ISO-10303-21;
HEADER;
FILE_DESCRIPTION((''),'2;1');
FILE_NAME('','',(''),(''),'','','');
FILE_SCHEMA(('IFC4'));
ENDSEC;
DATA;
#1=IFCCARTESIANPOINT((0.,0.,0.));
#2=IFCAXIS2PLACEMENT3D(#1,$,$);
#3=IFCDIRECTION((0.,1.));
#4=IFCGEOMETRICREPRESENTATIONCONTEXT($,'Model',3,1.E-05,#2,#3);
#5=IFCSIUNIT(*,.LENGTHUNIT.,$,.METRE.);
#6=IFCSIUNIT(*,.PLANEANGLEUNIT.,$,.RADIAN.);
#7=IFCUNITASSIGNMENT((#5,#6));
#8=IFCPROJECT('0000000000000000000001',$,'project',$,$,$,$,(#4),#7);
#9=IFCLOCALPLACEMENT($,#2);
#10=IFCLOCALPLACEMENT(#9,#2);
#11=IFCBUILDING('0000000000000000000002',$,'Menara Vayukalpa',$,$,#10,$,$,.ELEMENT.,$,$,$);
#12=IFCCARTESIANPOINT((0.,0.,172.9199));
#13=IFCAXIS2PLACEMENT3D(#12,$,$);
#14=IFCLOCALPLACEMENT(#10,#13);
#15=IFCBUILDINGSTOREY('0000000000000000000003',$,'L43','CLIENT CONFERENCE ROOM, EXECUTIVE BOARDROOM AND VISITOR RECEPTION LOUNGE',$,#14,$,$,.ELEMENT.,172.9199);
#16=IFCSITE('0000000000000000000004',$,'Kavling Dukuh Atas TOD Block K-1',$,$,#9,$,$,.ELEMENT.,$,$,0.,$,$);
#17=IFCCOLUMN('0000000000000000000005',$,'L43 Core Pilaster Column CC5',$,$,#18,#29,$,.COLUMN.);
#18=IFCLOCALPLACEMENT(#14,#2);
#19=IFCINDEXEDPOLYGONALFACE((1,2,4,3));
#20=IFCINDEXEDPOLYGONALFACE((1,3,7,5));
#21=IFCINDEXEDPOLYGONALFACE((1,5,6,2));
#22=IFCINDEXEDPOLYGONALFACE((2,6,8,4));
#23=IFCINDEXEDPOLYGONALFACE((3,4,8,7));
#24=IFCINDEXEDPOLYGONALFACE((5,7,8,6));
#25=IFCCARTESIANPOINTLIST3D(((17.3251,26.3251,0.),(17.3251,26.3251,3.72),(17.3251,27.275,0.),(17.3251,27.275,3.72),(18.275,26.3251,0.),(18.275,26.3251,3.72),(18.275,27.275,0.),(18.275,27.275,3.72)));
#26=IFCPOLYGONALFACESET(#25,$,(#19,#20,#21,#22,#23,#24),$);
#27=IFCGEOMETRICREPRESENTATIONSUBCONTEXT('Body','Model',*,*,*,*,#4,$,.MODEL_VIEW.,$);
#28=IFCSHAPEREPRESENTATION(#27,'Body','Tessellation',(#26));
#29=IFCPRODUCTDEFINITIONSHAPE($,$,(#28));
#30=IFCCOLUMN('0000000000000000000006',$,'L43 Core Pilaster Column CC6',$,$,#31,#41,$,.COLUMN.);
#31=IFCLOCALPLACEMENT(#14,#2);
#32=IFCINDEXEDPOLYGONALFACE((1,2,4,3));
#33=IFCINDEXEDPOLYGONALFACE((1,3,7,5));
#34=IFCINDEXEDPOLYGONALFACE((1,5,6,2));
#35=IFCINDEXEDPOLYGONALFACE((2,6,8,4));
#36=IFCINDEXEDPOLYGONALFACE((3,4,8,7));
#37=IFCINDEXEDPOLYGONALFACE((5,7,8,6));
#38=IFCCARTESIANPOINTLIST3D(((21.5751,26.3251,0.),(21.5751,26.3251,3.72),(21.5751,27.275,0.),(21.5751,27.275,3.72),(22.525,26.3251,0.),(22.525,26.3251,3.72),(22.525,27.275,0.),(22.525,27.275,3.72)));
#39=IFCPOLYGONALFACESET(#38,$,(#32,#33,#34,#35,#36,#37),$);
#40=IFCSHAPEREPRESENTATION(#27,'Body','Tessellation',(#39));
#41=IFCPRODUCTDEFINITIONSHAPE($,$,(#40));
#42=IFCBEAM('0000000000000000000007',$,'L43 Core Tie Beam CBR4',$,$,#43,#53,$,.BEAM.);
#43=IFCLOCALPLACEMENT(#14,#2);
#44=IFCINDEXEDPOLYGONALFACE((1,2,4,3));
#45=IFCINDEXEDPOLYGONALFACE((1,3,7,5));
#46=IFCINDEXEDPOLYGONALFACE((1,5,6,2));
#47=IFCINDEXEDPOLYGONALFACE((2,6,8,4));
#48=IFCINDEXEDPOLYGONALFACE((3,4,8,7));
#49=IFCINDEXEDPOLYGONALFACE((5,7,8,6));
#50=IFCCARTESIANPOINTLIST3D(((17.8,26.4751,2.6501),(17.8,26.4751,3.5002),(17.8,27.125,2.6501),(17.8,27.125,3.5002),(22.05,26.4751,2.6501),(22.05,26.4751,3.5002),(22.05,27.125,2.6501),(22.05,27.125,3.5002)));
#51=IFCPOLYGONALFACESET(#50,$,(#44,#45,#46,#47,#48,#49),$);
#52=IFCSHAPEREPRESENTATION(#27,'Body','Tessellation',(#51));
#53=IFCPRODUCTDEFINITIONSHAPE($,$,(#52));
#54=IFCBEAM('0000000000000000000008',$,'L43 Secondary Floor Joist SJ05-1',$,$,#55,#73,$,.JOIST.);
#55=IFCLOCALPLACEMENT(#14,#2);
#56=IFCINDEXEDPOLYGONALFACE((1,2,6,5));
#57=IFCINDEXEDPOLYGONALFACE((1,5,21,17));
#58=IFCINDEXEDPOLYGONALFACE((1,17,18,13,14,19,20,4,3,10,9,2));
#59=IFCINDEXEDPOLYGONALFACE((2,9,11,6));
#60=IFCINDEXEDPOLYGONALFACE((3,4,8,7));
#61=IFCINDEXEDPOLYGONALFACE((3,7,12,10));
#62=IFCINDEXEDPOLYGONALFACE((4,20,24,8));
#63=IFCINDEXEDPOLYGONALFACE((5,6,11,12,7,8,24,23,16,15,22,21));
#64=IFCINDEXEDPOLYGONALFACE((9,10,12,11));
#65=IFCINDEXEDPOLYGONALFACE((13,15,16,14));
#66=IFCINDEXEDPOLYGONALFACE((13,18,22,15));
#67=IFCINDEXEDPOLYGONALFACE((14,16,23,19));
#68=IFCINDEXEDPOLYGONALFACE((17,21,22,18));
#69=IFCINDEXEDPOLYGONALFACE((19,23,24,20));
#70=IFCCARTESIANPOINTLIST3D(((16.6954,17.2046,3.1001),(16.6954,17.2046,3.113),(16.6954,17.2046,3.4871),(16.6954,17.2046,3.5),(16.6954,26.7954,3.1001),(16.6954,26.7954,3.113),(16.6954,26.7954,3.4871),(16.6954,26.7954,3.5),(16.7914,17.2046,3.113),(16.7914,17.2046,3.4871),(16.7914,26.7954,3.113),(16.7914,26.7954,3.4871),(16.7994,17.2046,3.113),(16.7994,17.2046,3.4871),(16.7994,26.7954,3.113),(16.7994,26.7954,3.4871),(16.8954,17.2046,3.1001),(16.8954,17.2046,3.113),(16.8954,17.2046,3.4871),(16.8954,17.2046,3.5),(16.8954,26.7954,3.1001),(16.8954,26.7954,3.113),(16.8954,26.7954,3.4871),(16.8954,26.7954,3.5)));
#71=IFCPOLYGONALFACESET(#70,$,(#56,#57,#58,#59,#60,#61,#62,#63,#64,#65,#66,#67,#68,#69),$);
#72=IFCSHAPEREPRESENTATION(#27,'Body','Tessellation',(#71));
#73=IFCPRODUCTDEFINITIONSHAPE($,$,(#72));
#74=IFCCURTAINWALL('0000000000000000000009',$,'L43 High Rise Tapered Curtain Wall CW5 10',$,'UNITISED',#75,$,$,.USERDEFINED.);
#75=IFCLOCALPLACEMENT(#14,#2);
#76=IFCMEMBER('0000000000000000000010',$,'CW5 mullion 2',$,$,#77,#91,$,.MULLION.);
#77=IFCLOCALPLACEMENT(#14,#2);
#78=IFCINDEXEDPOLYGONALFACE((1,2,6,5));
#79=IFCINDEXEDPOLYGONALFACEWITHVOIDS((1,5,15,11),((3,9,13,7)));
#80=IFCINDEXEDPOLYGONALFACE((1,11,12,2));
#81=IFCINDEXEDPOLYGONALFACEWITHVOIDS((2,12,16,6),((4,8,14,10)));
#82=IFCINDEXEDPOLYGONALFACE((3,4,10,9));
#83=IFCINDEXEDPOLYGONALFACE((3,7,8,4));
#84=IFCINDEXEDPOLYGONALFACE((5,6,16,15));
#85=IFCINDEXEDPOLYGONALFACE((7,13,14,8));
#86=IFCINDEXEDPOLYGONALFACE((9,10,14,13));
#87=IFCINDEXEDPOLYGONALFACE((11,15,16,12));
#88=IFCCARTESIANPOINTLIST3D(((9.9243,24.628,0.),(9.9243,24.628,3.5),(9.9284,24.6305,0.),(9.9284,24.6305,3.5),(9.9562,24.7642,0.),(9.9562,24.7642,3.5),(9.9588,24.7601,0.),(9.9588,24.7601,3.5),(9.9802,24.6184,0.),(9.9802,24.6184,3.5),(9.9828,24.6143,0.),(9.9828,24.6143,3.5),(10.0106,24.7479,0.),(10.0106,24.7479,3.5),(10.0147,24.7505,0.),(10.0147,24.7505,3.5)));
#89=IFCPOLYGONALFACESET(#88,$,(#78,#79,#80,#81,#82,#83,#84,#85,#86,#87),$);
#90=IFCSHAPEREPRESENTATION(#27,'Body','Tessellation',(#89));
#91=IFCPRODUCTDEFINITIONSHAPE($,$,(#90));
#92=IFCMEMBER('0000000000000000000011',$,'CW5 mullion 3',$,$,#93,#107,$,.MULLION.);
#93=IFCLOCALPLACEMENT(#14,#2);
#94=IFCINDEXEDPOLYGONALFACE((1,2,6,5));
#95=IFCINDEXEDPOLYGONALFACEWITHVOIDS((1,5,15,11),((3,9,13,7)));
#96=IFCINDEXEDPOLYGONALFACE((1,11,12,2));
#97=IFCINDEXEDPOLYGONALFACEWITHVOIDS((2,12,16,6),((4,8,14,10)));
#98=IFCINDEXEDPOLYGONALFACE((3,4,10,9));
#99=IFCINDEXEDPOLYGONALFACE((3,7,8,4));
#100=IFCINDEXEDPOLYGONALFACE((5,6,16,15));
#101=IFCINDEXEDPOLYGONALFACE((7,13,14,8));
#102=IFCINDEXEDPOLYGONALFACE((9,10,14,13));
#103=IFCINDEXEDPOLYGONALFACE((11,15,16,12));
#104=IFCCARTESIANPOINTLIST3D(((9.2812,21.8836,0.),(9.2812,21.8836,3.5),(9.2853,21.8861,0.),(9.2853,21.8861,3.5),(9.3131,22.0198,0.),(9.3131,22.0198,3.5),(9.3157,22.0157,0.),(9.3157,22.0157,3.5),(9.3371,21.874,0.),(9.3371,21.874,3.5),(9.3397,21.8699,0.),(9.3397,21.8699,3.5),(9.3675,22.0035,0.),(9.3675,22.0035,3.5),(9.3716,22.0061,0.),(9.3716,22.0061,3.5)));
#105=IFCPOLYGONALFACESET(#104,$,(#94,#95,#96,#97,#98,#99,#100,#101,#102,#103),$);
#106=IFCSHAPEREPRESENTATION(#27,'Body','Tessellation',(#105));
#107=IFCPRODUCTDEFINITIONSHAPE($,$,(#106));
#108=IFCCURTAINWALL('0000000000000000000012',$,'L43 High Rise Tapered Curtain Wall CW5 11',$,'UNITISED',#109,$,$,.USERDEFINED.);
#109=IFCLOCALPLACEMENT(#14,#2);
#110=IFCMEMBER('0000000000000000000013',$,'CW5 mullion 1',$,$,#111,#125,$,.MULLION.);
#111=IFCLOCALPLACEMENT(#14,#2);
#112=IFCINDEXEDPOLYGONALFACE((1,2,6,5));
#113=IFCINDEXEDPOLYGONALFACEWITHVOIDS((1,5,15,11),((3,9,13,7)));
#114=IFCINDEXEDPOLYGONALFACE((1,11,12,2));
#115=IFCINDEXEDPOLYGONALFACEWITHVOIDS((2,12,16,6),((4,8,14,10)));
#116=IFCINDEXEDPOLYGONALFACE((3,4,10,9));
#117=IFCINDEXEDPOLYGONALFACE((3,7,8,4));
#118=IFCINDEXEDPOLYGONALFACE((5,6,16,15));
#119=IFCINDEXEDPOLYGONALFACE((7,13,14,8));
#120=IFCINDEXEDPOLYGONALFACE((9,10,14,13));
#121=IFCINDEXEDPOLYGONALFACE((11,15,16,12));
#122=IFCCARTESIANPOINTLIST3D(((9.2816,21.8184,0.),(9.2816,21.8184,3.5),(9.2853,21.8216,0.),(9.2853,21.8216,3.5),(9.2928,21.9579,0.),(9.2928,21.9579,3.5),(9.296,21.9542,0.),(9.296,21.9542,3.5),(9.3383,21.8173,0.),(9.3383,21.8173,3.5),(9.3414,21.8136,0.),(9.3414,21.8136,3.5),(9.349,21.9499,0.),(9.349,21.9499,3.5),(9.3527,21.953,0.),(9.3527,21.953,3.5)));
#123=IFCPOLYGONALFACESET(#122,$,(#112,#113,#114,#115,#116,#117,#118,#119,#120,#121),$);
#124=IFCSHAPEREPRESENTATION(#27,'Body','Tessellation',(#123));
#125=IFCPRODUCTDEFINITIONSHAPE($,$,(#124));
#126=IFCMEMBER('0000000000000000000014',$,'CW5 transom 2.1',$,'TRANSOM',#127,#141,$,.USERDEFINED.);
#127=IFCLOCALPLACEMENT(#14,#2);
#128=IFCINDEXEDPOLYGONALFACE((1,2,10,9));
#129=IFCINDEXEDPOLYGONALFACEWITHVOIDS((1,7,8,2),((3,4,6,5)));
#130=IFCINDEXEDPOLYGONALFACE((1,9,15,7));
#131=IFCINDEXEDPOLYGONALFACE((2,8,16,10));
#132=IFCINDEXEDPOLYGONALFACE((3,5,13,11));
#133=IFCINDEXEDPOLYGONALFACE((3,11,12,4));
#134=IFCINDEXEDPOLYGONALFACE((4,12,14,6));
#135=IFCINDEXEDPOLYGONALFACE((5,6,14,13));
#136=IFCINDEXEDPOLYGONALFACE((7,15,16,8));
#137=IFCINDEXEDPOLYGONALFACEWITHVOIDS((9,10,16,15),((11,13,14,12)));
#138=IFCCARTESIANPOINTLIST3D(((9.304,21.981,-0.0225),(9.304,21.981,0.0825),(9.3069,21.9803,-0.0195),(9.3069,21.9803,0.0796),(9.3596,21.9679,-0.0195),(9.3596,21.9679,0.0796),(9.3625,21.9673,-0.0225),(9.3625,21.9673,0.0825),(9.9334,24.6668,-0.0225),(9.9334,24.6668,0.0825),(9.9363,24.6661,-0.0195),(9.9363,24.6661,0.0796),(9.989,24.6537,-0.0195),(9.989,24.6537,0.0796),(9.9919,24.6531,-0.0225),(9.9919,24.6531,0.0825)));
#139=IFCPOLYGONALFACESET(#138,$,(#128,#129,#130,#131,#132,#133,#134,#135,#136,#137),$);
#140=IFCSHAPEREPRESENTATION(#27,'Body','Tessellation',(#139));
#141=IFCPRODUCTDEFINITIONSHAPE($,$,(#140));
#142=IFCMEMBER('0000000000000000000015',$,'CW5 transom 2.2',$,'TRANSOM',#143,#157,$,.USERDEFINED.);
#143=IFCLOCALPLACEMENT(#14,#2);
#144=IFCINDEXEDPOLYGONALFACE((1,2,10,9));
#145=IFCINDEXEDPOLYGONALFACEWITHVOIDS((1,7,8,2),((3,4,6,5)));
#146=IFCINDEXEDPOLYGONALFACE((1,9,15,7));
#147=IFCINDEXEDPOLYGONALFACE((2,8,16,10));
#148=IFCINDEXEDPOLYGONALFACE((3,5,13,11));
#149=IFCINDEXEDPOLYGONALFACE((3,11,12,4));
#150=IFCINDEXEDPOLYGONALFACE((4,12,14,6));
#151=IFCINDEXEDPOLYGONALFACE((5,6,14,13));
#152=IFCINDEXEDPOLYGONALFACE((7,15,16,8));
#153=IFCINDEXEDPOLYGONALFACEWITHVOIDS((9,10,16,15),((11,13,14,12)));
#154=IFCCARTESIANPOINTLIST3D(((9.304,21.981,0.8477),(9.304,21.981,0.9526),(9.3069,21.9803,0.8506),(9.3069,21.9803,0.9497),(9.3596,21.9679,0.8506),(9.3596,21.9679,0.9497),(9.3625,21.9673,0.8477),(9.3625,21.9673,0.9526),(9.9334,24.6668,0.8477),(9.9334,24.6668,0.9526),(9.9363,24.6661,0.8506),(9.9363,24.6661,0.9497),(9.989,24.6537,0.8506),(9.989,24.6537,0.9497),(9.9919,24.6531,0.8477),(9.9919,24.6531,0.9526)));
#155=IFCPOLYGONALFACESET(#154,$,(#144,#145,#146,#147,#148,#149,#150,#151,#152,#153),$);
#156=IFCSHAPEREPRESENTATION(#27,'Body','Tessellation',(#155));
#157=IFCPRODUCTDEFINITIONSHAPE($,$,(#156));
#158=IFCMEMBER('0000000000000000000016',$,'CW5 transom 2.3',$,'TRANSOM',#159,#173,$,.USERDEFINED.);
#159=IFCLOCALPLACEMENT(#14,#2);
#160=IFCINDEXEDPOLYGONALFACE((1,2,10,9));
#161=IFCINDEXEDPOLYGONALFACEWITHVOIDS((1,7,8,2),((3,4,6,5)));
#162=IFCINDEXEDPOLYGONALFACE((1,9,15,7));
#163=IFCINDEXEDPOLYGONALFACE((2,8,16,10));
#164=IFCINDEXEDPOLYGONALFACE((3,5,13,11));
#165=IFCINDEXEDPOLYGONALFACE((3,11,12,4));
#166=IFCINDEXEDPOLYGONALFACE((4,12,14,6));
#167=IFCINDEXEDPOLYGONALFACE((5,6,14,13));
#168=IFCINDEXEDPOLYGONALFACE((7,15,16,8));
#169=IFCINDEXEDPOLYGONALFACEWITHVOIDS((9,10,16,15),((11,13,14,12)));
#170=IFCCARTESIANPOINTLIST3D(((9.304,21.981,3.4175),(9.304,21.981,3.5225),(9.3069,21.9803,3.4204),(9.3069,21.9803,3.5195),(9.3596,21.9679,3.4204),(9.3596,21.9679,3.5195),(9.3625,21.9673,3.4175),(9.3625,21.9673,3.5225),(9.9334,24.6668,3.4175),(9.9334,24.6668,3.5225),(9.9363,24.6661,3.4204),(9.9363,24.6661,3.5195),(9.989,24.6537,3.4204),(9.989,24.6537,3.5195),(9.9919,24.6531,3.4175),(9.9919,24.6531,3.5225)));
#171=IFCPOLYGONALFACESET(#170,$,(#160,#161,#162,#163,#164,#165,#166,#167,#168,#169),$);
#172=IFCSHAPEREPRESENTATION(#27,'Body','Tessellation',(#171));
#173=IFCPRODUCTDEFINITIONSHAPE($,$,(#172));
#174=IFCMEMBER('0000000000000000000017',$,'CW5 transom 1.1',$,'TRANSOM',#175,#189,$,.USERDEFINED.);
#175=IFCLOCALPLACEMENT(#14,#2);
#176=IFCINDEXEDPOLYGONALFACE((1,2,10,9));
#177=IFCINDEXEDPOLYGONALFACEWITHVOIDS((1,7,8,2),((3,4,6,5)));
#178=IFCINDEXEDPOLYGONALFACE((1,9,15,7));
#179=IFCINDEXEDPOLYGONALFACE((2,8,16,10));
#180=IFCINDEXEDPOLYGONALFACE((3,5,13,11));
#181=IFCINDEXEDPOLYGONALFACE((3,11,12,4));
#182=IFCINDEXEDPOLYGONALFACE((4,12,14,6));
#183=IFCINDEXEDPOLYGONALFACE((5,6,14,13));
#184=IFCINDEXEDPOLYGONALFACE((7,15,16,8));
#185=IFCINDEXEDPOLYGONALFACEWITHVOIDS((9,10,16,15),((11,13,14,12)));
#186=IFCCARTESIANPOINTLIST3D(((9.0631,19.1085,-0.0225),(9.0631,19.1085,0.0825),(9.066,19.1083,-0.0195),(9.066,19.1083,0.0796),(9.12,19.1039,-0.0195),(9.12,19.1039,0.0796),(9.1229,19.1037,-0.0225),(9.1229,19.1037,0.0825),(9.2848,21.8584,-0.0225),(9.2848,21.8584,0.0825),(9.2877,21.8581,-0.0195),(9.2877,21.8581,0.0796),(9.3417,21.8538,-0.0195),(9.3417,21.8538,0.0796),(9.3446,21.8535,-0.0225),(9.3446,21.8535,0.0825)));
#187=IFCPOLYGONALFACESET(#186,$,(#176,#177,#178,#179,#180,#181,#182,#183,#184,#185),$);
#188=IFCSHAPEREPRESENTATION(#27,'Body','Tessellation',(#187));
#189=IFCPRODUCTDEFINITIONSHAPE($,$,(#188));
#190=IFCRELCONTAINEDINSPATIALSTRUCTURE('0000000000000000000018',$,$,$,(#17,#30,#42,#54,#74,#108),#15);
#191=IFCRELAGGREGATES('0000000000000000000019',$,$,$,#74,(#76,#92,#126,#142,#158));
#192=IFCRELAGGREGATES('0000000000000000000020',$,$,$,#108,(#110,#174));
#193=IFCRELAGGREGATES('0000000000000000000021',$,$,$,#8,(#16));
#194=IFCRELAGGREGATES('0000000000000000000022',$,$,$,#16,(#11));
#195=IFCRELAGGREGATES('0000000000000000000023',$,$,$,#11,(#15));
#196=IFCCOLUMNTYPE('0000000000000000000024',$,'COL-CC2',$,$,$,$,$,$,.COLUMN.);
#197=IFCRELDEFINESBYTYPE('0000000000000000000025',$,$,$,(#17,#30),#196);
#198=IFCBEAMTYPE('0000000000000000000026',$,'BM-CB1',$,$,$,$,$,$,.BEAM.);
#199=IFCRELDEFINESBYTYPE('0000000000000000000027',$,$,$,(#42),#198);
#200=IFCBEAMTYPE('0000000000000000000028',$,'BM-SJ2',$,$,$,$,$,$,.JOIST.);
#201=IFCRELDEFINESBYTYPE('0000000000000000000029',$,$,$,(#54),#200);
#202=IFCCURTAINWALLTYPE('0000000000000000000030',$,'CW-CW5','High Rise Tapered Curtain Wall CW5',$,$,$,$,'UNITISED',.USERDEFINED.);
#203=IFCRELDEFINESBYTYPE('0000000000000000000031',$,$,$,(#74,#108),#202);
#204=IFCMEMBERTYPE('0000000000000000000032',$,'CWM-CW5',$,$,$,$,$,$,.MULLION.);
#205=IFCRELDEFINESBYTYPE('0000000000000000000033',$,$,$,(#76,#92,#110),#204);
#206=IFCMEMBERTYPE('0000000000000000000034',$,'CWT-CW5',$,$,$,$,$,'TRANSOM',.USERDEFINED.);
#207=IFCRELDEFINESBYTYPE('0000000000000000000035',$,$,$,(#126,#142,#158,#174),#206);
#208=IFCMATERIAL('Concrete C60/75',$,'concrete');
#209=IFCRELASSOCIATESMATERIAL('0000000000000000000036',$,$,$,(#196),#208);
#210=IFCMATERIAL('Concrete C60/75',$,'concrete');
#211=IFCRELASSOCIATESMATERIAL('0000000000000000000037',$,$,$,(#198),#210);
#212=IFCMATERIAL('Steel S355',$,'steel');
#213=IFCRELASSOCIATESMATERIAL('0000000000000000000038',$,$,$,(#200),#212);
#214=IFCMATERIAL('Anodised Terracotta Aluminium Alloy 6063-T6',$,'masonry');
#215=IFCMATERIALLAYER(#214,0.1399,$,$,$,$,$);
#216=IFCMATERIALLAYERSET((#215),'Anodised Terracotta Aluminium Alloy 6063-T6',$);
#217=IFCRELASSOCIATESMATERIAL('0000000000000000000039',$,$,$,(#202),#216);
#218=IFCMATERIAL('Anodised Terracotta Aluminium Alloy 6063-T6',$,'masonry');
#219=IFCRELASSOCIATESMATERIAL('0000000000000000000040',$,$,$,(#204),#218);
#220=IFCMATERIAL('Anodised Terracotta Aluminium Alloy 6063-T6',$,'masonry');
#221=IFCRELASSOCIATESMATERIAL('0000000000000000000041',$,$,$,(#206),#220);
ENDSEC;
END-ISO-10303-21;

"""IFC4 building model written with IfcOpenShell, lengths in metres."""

from ifc_helpers import new_model, si_unit, direction, frame, origin, origin_2d, place, context, subcontext, project, spatial, rectangle, hollow_rectangle, i_section, extrude, material, layer, layer_set, material_profile, profile_set, type_object, element, aggregate, save


model = new_model("IFC4")

# Units and contexts
model_context = context("Model", 3, precision=1e-05, world=origin(), true_north=direction((0.0, 1.0)))
body_context = subcontext(model_context, "Body", "Model", "MODEL_VIEW")
ifc_project = project(units=[si_unit("LENGTHUNIT", "METRE"), si_unit("PLANEANGLEUNIT", "RADIAN")], contexts=[model_context])

# Site, building, storey
site_placement = place(None, origin())
site = spatial("IfcSite", under=ifc_project, at=site_placement, Name="Kavling Dukuh Atas TOD Block K-1", CompositionType="ELEMENT", RefElevation=0.0)
building_placement = place(site_placement, origin())
building = spatial("IfcBuilding", under=site, at=building_placement, Name="Menara Vayukalpa", CompositionType="ELEMENT")
storey_placement = place(building_placement, frame((0.0, 0.0, 172.9199)))
storey = spatial("IfcBuildingStorey", under=building, at=storey_placement, Name="L43", Description="CLIENT CONFERENCE ROOM, EXECUTIVE BOARDROOM AND VISITOR RECEPTION LOUNGE", CompositionType="ELEMENT", Elevation=172.9199)

# Columns
ifc_material_1 = material(Name="Concrete C60/75", Category="concrete")
ifc_material_profile_1 = material_profile(ifc_material_1, rectangle(XDim=0.95, YDim=0.95, at=origin_2d()), Name="RC 950x950")
ifc_profile_set_1 = profile_set([ifc_material_profile_1], Name="Concrete C60/75")
column_type = type_object("IfcColumnType", Name="COL-CC2", PredefinedType="COLUMN", material=ifc_profile_set_1)
for number, where, z_axis, x_axis, name in (
    (1, (17.8, 26.8, 0.0), (0.0, 0.0, 1.0), (1.0, 0.0, 0.0), "L43 Core Pilaster Column CC5"),
    (2, (22.05, 26.8, 0.0), (0.0, 0.0, 1.0), (1.0, 0.0, 0.0), "L43 Core Pilaster Column CC6"),
):
    element("IfcColumn", number, at=place(storey_placement, frame(where, z_axis=z_axis, x_axis=x_axis)), inside=storey, type_object=column_type, Name=name, PredefinedType="COLUMN", context=body_context, shape_type="SweptSolid", body=[
        extrude(rectangle(XDim=0.95, YDim=0.95, at=origin_2d()), origin(), (0.0, 0.0, 1.0), 3.72),
    ])

# Beams
ifc_material_2 = material(Name="Concrete C60/75", Category="concrete")
ifc_material_profile_2 = material_profile(ifc_material_2, rectangle(XDim=0.6499, YDim=0.8501, at=origin_2d()), Name="RC 650x850")
ifc_profile_set_2 = profile_set([ifc_material_profile_2], Name="Concrete C60/75")
beam_type_1 = type_object("IfcBeamType", Name="BM-CB1", PredefinedType="BEAM", material=ifc_profile_set_2)
beam_1_placement = place(storey_placement, frame((17.8, 26.8, 3.0752), z_axis=(1.0, 0.0, 0.0), x_axis=(0.0, 1.0, 0.0)))
element("IfcBeam", 3, at=beam_1_placement, inside=storey, type_object=beam_type_1, Name="L43 Core Tie Beam CBR4", PredefinedType="BEAM", context=body_context, shape_type="SweptSolid", body=[
    extrude(rectangle(XDim=0.6499, YDim=0.8501, at=origin_2d()), origin(), (0.0, 0.0, 1.0), 4.25),
])
ifc_material_3 = material(Name="Steel S355", Category="steel")
ifc_material_profile_3 = material_profile(ifc_material_3, i_section(OverallWidth=0.2, OverallDepth=0.3999, WebThickness=0.0081, FlangeThickness=0.0129, at=origin_2d()), Name="WF 400x200x8x13")
ifc_profile_set_3 = profile_set([ifc_material_profile_3], Name="Steel S355")
beam_type_2 = type_object("IfcBeamType", Name="BM-SJ2", PredefinedType="JOIST", material=ifc_profile_set_3)
beam_2_placement = place(storey_placement, frame((16.7954, 26.7954, 3.3), z_axis=(0.0, -1.0, 0.0), x_axis=(1.0, 0.0, 0.0)))
element("IfcBeam", 4, at=beam_2_placement, inside=storey, type_object=beam_type_2, Name="L43 Secondary Floor Joist SJ05-1", PredefinedType="JOIST", context=body_context, shape_type="SweptSolid", body=[
    extrude(i_section(OverallWidth=0.2, OverallDepth=0.3999, WebThickness=0.0081, FlangeThickness=0.0129, at=origin_2d()), origin(), (0.0, 0.0, 1.0), 9.5908),
])

# Curtain wall, members
ifc_material_4 = material(Name="Anodised Terracotta Aluminium Alloy 6063-T6", Category="masonry")
ifc_layer_1 = layer(ifc_material_4, 0.1399)
ifc_layer_set_1 = layer_set([ifc_layer_1], Name="Anodised Terracotta Aluminium Alloy 6063-T6")
curtain_wall_type = type_object("IfcCurtainWallType", Name="CW-CW5", Description="High Rise Tapered Curtain Wall CW5", ElementType="UNITISED", PredefinedType="USERDEFINED", material=ifc_layer_set_1)
curtain_wall_1_placement = place(storey_placement, origin())
curtain_wall_1 = element("IfcCurtainWall", 5, at=curtain_wall_1_placement, inside=storey, type_object=curtain_wall_type, Name="L43 High Rise Tapered Curtain Wall CW5 10", ObjectType="UNITISED", PredefinedType="USERDEFINED")
ifc_material_5 = material(Name="Anodised Terracotta Aluminium Alloy 6063-T6", Category="masonry")
ifc_material_profile_4 = material_profile(ifc_material_5, hollow_rectangle(XDim=0.0601, YDim=0.1399, WallThickness=0.0034, at=origin_2d()), Name="ALU 60x140x3.5")
ifc_profile_set_4 = profile_set([ifc_material_profile_4], Name="Anodised Terracotta Aluminium Alloy 6063-T6")
member_type_1 = type_object("IfcMemberType", Name="CWM-CW5", PredefinedType="MULLION", material=ifc_profile_set_4)
member_1_placement = place(storey_placement, frame((9.9695, 24.6892, 0.0), z_axis=(0.0, 0.0, 1.0), x_axis=(0.973626, -0.228149, 0.0)))
member_1 = element("IfcMember", 6, at=member_1_placement, type_object=member_type_1, Name="CW5 mullion 2", PredefinedType="MULLION", context=body_context, shape_type="SweptSolid", body=[
    extrude(hollow_rectangle(XDim=0.0601, YDim=0.1399, WallThickness=0.0034, at=origin_2d()), origin(), (0.0, 0.0, 1.0), 3.5),
])
member_2_placement = place(storey_placement, frame((9.3264, 21.9448, 0.0), z_axis=(0.0, 0.0, 1.0), x_axis=(0.973626, -0.228149, 0.0)))
member_2 = element("IfcMember", 7, at=member_2_placement, type_object=member_type_1, Name="CW5 mullion 3", PredefinedType="MULLION", context=body_context, shape_type="SweptSolid", body=[
    extrude(hollow_rectangle(XDim=0.0601, YDim=0.1399, WallThickness=0.0034, at=origin_2d()), origin(), (0.0, 0.0, 1.0), 3.5),
])

# Curtain wall, member
curtain_wall_2_placement = place(storey_placement, origin())
curtain_wall_2 = element("IfcCurtainWall", 8, at=curtain_wall_2_placement, inside=storey, type_object=curtain_wall_type, Name="L43 High Rise Tapered Curtain Wall CW5 11", ObjectType="UNITISED", PredefinedType="USERDEFINED")
member_3_placement = place(storey_placement, frame((9.3171, 21.8857, 0.0), z_axis=(0.0, 0.0, 1.0), x_axis=(0.996765, -0.080374, 0.0)))
member_3 = element("IfcMember", 9, at=member_3_placement, type_object=member_type_1, Name="CW5 mullion 1", PredefinedType="MULLION", context=body_context, shape_type="SweptSolid", body=[
    extrude(hollow_rectangle(XDim=0.0601, YDim=0.1399, WallThickness=0.0034, at=origin_2d()), origin(), (0.0, 0.0, 1.0), 3.5),
])

# Members
ifc_material_6 = material(Name="Anodised Terracotta Aluminium Alloy 6063-T6", Category="masonry")
ifc_material_profile_5 = material_profile(ifc_material_6, hollow_rectangle(XDim=0.0601, YDim=0.105, WallThickness=0.0029, at=origin_2d()), Name="ALU 60x105x3")
ifc_profile_set_5 = profile_set([ifc_material_profile_5], Name="Anodised Terracotta Aluminium Alloy 6063-T6")
member_type_2 = type_object("IfcMemberType", Name="CWT-CW5", ElementType="TRANSOM", PredefinedType="USERDEFINED", material=ifc_profile_set_5)
member_4_placement = place(storey_placement, frame((9.9626, 24.6599, 0.03), z_axis=(-0.228161, -0.973623, 0.0), x_axis=(0.973623, -0.228161, 0.0)))
member_4 = element("IfcMember", 10, at=member_4_placement, type_object=member_type_2, Name="CW5 transom 2.1", ObjectType="TRANSOM", PredefinedType="USERDEFINED", context=body_context, shape_type="SweptSolid", body=[
    extrude(hollow_rectangle(XDim=0.0601, YDim=0.105, WallThickness=0.0029, at=origin_2d()), origin(), (0.0, 0.0, 1.0), 2.7585),
])
member_5_placement = place(storey_placement, frame((9.9626, 24.6599, 0.9001), z_axis=(-0.228161, -0.973623, 0.0), x_axis=(0.973623, -0.228161, 0.0)))
member_5 = element("IfcMember", 11, at=member_5_placement, type_object=member_type_2, Name="CW5 transom 2.2", ObjectType="TRANSOM", PredefinedType="USERDEFINED", context=body_context, shape_type="SweptSolid", body=[
    extrude(hollow_rectangle(XDim=0.0601, YDim=0.105, WallThickness=0.0029, at=origin_2d()), origin(), (0.0, 0.0, 1.0), 2.7585),
])
member_6_placement = place(storey_placement, frame((9.9626, 24.6599, 3.47), z_axis=(-0.228161, -0.973623, 0.0), x_axis=(0.973623, -0.228161, 0.0)))
member_6 = element("IfcMember", 12, at=member_6_placement, type_object=member_type_2, Name="CW5 transom 2.3", ObjectType="TRANSOM", PredefinedType="USERDEFINED", context=body_context, shape_type="SweptSolid", body=[
    extrude(hollow_rectangle(XDim=0.0601, YDim=0.105, WallThickness=0.0029, at=origin_2d()), origin(), (0.0, 0.0, 1.0), 2.7585),
])
member_7_placement = place(storey_placement, frame((9.3147, 21.856, 0.03), z_axis=(-0.080357, -0.996766, 0.0), x_axis=(0.996766, -0.080357, 0.0)))
member_7 = element("IfcMember", 13, at=member_7_placement, type_object=member_type_2, Name="CW5 transom 1.1", ObjectType="TRANSOM", PredefinedType="USERDEFINED", context=body_context, shape_type="SweptSolid", body=[
    extrude(hollow_rectangle(XDim=0.0601, YDim=0.105, WallThickness=0.0029, at=origin_2d()), origin(), (0.0, 0.0, 1.0), 2.7588),
])

aggregate(curtain_wall_1, [member_1, member_2, member_4, member_5, member_6])
aggregate(curtain_wall_2, [member_3, member_7])

save(model, "model.ifc")
